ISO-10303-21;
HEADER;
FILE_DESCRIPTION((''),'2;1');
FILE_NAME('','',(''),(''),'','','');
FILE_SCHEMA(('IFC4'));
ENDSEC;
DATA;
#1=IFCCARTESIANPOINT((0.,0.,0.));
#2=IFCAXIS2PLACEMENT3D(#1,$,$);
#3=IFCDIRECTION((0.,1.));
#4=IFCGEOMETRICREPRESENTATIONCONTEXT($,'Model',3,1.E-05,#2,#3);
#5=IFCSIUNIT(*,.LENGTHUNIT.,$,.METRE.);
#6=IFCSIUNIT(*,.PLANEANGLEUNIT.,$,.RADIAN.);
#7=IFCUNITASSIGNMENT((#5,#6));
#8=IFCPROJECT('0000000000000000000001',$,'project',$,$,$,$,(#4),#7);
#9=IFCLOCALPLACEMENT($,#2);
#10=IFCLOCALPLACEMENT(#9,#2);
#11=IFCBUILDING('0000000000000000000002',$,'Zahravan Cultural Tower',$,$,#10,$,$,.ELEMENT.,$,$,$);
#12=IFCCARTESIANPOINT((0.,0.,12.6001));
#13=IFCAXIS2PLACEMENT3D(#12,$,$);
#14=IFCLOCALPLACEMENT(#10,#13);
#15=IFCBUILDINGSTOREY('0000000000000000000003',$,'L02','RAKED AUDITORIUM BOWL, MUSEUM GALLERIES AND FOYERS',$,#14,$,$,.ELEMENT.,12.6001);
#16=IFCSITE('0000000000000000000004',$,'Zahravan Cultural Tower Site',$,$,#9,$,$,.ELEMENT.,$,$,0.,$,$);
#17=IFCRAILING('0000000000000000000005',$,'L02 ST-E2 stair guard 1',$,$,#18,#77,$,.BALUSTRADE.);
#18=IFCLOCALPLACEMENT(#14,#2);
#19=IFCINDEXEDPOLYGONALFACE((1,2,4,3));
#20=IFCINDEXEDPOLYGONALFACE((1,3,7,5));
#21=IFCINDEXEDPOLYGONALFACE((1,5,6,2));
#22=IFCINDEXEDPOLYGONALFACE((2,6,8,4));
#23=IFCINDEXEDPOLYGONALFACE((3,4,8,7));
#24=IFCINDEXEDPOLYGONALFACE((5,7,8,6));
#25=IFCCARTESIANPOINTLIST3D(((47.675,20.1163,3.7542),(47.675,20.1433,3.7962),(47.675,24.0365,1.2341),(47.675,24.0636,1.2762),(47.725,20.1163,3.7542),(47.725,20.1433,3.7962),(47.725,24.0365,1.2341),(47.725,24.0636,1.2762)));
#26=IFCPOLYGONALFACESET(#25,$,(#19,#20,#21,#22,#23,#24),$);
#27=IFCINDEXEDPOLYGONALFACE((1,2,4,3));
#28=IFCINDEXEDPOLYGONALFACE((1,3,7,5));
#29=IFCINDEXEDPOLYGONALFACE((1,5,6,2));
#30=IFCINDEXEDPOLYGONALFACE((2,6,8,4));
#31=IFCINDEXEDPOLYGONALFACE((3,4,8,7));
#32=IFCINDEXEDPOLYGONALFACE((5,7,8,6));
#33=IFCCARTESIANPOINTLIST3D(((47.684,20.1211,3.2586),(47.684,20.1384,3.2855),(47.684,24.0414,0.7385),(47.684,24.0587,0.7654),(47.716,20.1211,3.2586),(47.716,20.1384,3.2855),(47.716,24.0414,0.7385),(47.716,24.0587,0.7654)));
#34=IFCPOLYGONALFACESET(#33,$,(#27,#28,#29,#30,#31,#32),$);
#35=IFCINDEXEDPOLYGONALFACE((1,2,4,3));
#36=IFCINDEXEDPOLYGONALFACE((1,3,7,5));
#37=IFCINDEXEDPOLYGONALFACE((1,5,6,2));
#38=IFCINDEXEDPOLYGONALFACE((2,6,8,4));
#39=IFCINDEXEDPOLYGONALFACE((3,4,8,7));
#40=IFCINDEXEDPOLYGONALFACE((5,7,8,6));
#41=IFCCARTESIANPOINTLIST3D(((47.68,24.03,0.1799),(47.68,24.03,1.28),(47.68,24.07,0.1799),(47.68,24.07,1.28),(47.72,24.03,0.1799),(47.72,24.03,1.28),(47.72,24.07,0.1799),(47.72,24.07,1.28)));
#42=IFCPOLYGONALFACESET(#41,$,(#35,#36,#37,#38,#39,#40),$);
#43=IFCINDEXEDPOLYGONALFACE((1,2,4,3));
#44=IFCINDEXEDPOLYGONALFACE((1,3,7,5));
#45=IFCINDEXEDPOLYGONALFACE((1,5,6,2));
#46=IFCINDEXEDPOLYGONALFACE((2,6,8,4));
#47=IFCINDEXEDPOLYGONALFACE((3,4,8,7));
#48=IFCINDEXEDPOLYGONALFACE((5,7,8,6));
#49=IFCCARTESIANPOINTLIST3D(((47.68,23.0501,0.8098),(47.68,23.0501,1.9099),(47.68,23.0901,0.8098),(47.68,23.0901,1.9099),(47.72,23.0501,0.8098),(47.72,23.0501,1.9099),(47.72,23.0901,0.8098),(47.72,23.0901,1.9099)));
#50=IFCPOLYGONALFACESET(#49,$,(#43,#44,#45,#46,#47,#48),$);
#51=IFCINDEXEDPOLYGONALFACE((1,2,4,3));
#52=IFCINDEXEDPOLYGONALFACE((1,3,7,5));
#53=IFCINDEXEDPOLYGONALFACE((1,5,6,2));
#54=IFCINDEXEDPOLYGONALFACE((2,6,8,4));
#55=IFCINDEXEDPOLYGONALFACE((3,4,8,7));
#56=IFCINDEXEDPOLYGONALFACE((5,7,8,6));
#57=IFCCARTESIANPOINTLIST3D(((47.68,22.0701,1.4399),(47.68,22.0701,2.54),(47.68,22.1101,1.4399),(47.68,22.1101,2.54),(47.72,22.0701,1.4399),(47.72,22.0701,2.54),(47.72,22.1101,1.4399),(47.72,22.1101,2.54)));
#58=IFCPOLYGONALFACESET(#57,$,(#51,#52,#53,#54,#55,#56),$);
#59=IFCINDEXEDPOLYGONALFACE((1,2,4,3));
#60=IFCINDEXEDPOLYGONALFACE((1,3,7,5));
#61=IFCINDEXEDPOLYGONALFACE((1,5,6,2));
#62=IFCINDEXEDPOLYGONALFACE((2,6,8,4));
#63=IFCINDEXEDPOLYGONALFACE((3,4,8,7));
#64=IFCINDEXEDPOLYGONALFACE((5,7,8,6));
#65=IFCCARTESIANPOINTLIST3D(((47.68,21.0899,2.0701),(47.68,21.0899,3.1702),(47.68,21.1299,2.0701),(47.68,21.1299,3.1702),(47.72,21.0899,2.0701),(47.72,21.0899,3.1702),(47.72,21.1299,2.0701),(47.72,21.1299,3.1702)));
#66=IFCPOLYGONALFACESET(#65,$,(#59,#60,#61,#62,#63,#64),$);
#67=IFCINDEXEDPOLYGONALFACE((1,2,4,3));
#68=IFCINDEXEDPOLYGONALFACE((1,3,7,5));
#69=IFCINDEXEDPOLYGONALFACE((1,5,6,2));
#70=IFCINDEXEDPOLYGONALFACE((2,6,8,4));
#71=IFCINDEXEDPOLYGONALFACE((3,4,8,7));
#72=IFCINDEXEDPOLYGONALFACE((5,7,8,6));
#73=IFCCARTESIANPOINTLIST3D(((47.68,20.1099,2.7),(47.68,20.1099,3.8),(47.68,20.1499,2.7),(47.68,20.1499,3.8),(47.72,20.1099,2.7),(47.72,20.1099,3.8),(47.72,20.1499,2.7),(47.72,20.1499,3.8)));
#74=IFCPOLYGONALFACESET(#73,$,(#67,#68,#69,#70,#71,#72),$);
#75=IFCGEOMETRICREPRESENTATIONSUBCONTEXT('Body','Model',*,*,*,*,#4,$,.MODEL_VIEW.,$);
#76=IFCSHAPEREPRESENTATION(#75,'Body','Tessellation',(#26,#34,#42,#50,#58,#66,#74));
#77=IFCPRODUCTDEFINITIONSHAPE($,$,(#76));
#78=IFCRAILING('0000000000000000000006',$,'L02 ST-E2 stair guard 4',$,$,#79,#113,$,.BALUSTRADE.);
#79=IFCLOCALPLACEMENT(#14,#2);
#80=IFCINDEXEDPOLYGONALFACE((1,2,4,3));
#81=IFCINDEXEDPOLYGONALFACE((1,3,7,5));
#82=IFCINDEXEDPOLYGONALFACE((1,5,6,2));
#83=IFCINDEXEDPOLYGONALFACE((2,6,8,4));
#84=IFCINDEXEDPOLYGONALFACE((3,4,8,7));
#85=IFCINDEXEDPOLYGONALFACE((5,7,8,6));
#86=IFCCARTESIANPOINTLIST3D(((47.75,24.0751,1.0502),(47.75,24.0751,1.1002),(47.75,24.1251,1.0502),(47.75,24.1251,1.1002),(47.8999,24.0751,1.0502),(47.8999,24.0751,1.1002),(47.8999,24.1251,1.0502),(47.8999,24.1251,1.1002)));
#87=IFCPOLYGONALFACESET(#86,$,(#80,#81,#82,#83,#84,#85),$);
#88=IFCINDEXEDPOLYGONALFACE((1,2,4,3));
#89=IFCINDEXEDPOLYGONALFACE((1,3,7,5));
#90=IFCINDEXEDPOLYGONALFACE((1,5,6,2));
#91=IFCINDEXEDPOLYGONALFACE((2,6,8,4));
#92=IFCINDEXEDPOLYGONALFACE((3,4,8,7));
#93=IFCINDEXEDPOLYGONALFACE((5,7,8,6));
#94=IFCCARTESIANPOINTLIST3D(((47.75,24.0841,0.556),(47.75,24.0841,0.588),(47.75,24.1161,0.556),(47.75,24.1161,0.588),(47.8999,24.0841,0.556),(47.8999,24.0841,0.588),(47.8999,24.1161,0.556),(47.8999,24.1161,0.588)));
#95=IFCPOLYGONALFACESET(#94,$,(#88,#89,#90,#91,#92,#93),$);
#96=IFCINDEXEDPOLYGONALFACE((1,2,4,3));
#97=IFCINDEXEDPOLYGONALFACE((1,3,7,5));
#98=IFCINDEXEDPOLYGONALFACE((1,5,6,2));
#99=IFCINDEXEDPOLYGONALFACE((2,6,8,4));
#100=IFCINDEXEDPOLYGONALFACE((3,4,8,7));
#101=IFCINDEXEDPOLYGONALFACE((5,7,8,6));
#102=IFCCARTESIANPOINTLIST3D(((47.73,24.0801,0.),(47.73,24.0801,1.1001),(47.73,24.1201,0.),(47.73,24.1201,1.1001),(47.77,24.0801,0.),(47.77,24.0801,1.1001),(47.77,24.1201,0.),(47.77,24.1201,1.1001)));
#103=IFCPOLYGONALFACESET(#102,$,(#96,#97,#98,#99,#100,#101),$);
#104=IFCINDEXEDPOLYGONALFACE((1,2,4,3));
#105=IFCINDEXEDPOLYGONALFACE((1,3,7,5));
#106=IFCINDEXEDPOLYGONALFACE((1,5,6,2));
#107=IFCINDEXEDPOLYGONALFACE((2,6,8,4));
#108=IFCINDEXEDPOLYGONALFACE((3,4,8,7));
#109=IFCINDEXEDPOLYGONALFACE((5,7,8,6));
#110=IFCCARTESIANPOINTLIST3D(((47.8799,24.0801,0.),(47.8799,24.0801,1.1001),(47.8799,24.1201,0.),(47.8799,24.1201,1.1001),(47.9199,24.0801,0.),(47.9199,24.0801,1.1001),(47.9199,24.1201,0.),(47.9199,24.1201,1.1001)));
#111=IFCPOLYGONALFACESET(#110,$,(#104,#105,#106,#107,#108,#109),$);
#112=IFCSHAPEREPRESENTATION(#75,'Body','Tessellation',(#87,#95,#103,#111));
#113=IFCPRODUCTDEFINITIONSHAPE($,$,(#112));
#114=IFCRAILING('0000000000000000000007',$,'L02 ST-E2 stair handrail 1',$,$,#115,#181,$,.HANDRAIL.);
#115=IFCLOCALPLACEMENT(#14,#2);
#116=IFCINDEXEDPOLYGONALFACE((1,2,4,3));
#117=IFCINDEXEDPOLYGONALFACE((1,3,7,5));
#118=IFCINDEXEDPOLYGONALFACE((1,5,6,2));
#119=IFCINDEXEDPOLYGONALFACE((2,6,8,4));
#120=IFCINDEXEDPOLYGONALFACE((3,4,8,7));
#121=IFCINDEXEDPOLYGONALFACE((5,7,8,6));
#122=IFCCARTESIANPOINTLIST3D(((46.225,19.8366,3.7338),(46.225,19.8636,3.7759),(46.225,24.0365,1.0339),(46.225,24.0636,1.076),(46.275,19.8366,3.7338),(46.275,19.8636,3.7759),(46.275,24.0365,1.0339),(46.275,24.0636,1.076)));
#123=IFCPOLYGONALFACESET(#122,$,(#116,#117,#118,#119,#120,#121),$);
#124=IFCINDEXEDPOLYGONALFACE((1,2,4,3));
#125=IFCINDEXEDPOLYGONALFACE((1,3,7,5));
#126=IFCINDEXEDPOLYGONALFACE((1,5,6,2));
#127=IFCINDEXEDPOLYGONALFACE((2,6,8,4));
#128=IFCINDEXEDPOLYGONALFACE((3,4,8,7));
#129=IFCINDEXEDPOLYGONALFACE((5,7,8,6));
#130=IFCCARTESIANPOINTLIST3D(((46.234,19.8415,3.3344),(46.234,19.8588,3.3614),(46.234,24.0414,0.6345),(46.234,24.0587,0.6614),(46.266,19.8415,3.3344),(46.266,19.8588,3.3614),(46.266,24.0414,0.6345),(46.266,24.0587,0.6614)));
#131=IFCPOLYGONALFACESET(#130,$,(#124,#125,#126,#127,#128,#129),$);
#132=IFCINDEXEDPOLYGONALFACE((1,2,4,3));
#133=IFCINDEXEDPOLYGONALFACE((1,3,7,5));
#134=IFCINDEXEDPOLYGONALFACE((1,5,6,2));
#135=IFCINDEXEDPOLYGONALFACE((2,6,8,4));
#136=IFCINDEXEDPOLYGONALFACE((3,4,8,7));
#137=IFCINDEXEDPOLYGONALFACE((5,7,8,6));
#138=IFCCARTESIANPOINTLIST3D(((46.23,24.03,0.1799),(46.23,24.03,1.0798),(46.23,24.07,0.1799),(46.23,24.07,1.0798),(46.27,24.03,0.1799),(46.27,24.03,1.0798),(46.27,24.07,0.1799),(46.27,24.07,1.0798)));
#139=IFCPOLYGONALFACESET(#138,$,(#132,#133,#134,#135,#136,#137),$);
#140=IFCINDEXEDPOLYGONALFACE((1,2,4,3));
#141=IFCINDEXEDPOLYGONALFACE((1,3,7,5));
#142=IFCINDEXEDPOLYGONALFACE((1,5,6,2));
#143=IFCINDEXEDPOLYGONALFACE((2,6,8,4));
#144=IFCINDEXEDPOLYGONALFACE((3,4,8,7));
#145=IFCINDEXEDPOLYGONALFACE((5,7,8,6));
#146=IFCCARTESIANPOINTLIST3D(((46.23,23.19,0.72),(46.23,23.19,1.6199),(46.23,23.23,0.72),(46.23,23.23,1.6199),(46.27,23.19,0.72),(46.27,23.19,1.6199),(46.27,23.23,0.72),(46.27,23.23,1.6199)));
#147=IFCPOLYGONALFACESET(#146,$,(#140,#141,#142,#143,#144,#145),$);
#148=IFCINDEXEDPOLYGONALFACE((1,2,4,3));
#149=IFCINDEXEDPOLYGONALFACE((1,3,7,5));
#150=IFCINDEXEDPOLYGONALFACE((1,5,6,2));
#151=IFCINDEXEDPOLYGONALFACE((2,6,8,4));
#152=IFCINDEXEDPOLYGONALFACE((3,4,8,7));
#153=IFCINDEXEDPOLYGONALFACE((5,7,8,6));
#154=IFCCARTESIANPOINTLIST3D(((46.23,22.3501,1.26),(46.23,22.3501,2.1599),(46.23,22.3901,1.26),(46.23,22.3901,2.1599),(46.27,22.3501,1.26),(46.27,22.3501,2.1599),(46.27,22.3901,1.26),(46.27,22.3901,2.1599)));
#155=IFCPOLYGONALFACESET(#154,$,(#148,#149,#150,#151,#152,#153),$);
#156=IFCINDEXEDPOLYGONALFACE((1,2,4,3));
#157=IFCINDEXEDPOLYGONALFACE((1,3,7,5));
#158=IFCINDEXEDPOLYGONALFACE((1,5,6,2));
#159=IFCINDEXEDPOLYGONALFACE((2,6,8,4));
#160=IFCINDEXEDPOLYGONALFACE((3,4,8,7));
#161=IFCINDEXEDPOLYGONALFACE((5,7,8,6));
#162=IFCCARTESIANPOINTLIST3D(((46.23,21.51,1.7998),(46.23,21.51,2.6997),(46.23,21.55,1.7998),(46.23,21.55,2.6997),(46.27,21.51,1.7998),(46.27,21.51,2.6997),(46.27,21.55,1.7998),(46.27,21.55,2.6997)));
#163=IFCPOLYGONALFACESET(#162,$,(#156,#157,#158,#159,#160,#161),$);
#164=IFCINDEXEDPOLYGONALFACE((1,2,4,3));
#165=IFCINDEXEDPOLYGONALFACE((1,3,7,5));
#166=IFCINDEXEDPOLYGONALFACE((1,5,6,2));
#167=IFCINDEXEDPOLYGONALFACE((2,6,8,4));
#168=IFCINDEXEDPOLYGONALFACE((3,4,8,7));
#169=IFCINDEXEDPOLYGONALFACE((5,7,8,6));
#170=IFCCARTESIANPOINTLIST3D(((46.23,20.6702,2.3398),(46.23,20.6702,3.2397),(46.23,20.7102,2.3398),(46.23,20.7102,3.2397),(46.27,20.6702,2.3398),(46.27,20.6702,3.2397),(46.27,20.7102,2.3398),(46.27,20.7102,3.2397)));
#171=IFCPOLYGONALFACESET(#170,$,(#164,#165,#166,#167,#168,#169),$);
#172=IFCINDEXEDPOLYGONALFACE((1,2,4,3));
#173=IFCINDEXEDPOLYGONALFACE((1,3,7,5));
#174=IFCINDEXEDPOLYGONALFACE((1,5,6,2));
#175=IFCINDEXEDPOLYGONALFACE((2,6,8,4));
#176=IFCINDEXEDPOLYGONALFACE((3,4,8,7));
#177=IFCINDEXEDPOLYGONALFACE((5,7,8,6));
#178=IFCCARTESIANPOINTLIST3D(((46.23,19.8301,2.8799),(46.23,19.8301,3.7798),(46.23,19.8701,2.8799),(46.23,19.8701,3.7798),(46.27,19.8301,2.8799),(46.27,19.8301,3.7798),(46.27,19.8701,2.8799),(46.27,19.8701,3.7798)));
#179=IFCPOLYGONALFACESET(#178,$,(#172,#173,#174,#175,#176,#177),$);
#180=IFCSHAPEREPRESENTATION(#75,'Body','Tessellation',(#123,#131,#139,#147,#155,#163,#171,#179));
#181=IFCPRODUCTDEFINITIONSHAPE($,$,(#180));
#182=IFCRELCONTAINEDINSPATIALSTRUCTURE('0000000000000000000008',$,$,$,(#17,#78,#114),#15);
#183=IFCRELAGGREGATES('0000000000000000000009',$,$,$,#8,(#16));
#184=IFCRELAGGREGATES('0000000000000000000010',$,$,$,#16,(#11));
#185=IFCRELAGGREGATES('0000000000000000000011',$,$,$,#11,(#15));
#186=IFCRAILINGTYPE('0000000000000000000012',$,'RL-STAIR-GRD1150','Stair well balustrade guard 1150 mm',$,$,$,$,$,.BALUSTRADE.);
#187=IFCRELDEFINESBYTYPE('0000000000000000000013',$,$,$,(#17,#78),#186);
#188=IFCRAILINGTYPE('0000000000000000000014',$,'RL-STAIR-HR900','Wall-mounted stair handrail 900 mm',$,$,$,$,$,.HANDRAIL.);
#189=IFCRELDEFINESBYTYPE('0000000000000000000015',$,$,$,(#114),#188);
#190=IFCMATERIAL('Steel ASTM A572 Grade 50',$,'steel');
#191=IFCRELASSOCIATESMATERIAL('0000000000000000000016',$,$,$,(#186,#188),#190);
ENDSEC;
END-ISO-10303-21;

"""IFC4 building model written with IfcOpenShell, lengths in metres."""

from ifc_helpers import new_model, si_unit, direction, frame, origin, origin_2d, place, context, subcontext, project, spatial, rectangle, extrude, material, type_object, element, save


model = new_model("IFC4")

# Units and contexts
model_context = context("Model", 3, precision=1e-05, world=origin(), true_north=direction((0.0, 1.0)))
body_context = subcontext(model_context, "Body", "Model", "MODEL_VIEW")
ifc_project = project(units=[si_unit("LENGTHUNIT", "METRE"), si_unit("PLANEANGLEUNIT", "RADIAN")], contexts=[model_context])

# Site, building, storey
site_placement = place(None, origin())
site = spatial("IfcSite", under=ifc_project, at=site_placement, Name="Zahravan Cultural Tower Site", CompositionType="ELEMENT", RefElevation=0.0)
building_placement = place(site_placement, origin())
building = spatial("IfcBuilding", under=site, at=building_placement, Name="Zahravan Cultural Tower", CompositionType="ELEMENT")
storey_placement = place(building_placement, frame((0.0, 0.0, 12.6001)))
storey = spatial("IfcBuildingStorey", under=building, at=storey_placement, Name="L02", Description="RAKED AUDITORIUM BOWL, MUSEUM GALLERIES AND FOYERS", CompositionType="ELEMENT", Elevation=12.6001)

# Shared definitions
ifc_material_1 = material(Name="Steel ASTM A572 Grade 50", Category="steel")

# Railings
railing_type_1 = type_object("IfcRailingType", Name="RL-STAIR-GRD1150", Description="Stair well balustrade guard 1150 mm", PredefinedType="BALUSTRADE", material=ifc_material_1)
railing_1_placement = place(storey_placement, frame((47.7, 24.05, 0.1799)))
element("IfcRailing", 1, at=railing_1_placement, inside=storey, type_object=railing_type_1, Name="L02 ST-E2 stair guard 1", PredefinedType="BALUSTRADE", context=body_context, shape_type="SweptSolid", body=[
    extrude(rectangle(XDim=0.05, YDim=0.05, at=origin_2d()), frame((0.0, 0.0, 1.0752), z_axis=(0.0, -0.841187, 0.540744), x_axis=(1.0, 0.0, 0.0)), (0.0, 0.0, 1.0), 4.6604),
    extrude(rectangle(XDim=0.032, YDim=0.032, at=origin_2d()), frame((0.0, 0.0, 0.572), z_axis=(0.0, -0.841187, 0.540744), x_axis=(1.0, 0.0, 0.0)), (0.0, 0.0, 1.0), 4.6604),
    extrude(rectangle(XDim=0.04, YDim=0.04, at=origin_2d()), origin(), (0.0, 0.0, 1.0), 1.1001),
    extrude(rectangle(XDim=0.04, YDim=0.04, at=origin_2d()), frame((0.0, -0.98, 0.6299)), (0.0, 0.0, 1.0), 1.1001),
    extrude(rectangle(XDim=0.04, YDim=0.04, at=origin_2d()), frame((0.0, -1.96, 1.26)), (0.0, 0.0, 1.0), 1.1001),
    extrude(rectangle(XDim=0.04, YDim=0.04, at=origin_2d()), frame((0.0, -2.9402, 1.8901)), (0.0, 0.0, 1.0), 1.1001),
    extrude(rectangle(XDim=0.04, YDim=0.04, at=origin_2d()), frame((0.0, -3.9202, 2.52)), (0.0, 0.0, 1.0), 1.1001),
])
railing_2_placement = place(storey_placement, frame((47.75, 24.1001, 0.0)))
element("IfcRailing", 2, at=railing_2_placement, inside=storey, type_object=railing_type_1, Name="L02 ST-E2 stair guard 4", PredefinedType="BALUSTRADE", context=body_context, shape_type="SweptSolid", body=[
    extrude(rectangle(XDim=0.05, YDim=0.05, at=origin_2d()), frame((0.0, 0.0, 1.0752), z_axis=(1.0, 0.0, 0.0), x_axis=(0.0, 1.0, 0.0)), (0.0, 0.0, 1.0), 0.1499),
    extrude(rectangle(XDim=0.032, YDim=0.032, at=origin_2d()), frame((0.0, 0.0, 0.572), z_axis=(1.0, 0.0, 0.0), x_axis=(0.0, 1.0, 0.0)), (0.0, 0.0, 1.0), 0.1499),
    extrude(rectangle(XDim=0.04, YDim=0.04, at=origin_2d()), origin(), (0.0, 0.0, 1.0), 1.1001),
    extrude(rectangle(XDim=0.04, YDim=0.04, at=origin_2d()), frame((0.1499, 0.0, 0.0)), (0.0, 0.0, 1.0), 1.1001),
])
railing_type_2 = type_object("IfcRailingType", Name="RL-STAIR-HR900", Description="Wall-mounted stair handrail 900 mm", PredefinedType="HANDRAIL", material=ifc_material_1)
railing_3_placement = place(storey_placement, frame((46.25, 24.05, 0.1799)))
element("IfcRailing", 3, at=railing_3_placement, inside=storey, type_object=railing_type_2, Name="L02 ST-E2 stair handrail 1", PredefinedType="HANDRAIL", context=body_context, shape_type="SweptSolid", body=[
    extrude(rectangle(XDim=0.05, YDim=0.05, at=origin_2d()), frame((0.0, 0.0, 0.875), z_axis=(0.0, -0.84118, 0.540755), x_axis=(1.0, 0.0, 0.0)), (0.0, 0.0, 1.0), 4.9929),
    extrude(rectangle(XDim=0.032, YDim=0.032, at=origin_2d()), frame((0.0, 0.0, 0.468), z_axis=(0.0, -0.84118, 0.540755), x_axis=(1.0, 0.0, 0.0)), (0.0, 0.0, 1.0), 4.9929),
    extrude(rectangle(XDim=0.04, YDim=0.04, at=origin_2d()), origin(), (0.0, 0.0, 1.0), 0.8999),
    extrude(rectangle(XDim=0.04, YDim=0.04, at=origin_2d()), frame((0.0, -0.8401, 0.54)), (0.0, 0.0, 1.0), 0.8999),
    extrude(rectangle(XDim=0.04, YDim=0.04, at=origin_2d()), frame((0.0, -1.6799, 1.0801)), (0.0, 0.0, 1.0), 0.8999),
    extrude(rectangle(XDim=0.04, YDim=0.04, at=origin_2d()), frame((0.0, -2.52, 1.6199)), (0.0, 0.0, 1.0), 0.8999),
    extrude(rectangle(XDim=0.04, YDim=0.04, at=origin_2d()), frame((0.0, -3.3599, 2.1599)), (0.0, 0.0, 1.0), 0.8999),
    extrude(rectangle(XDim=0.04, YDim=0.04, at=origin_2d()), frame((0.0, -4.2, 2.7)), (0.0, 0.0, 1.0), 0.8999),
])

save(model, "model.ifc")
